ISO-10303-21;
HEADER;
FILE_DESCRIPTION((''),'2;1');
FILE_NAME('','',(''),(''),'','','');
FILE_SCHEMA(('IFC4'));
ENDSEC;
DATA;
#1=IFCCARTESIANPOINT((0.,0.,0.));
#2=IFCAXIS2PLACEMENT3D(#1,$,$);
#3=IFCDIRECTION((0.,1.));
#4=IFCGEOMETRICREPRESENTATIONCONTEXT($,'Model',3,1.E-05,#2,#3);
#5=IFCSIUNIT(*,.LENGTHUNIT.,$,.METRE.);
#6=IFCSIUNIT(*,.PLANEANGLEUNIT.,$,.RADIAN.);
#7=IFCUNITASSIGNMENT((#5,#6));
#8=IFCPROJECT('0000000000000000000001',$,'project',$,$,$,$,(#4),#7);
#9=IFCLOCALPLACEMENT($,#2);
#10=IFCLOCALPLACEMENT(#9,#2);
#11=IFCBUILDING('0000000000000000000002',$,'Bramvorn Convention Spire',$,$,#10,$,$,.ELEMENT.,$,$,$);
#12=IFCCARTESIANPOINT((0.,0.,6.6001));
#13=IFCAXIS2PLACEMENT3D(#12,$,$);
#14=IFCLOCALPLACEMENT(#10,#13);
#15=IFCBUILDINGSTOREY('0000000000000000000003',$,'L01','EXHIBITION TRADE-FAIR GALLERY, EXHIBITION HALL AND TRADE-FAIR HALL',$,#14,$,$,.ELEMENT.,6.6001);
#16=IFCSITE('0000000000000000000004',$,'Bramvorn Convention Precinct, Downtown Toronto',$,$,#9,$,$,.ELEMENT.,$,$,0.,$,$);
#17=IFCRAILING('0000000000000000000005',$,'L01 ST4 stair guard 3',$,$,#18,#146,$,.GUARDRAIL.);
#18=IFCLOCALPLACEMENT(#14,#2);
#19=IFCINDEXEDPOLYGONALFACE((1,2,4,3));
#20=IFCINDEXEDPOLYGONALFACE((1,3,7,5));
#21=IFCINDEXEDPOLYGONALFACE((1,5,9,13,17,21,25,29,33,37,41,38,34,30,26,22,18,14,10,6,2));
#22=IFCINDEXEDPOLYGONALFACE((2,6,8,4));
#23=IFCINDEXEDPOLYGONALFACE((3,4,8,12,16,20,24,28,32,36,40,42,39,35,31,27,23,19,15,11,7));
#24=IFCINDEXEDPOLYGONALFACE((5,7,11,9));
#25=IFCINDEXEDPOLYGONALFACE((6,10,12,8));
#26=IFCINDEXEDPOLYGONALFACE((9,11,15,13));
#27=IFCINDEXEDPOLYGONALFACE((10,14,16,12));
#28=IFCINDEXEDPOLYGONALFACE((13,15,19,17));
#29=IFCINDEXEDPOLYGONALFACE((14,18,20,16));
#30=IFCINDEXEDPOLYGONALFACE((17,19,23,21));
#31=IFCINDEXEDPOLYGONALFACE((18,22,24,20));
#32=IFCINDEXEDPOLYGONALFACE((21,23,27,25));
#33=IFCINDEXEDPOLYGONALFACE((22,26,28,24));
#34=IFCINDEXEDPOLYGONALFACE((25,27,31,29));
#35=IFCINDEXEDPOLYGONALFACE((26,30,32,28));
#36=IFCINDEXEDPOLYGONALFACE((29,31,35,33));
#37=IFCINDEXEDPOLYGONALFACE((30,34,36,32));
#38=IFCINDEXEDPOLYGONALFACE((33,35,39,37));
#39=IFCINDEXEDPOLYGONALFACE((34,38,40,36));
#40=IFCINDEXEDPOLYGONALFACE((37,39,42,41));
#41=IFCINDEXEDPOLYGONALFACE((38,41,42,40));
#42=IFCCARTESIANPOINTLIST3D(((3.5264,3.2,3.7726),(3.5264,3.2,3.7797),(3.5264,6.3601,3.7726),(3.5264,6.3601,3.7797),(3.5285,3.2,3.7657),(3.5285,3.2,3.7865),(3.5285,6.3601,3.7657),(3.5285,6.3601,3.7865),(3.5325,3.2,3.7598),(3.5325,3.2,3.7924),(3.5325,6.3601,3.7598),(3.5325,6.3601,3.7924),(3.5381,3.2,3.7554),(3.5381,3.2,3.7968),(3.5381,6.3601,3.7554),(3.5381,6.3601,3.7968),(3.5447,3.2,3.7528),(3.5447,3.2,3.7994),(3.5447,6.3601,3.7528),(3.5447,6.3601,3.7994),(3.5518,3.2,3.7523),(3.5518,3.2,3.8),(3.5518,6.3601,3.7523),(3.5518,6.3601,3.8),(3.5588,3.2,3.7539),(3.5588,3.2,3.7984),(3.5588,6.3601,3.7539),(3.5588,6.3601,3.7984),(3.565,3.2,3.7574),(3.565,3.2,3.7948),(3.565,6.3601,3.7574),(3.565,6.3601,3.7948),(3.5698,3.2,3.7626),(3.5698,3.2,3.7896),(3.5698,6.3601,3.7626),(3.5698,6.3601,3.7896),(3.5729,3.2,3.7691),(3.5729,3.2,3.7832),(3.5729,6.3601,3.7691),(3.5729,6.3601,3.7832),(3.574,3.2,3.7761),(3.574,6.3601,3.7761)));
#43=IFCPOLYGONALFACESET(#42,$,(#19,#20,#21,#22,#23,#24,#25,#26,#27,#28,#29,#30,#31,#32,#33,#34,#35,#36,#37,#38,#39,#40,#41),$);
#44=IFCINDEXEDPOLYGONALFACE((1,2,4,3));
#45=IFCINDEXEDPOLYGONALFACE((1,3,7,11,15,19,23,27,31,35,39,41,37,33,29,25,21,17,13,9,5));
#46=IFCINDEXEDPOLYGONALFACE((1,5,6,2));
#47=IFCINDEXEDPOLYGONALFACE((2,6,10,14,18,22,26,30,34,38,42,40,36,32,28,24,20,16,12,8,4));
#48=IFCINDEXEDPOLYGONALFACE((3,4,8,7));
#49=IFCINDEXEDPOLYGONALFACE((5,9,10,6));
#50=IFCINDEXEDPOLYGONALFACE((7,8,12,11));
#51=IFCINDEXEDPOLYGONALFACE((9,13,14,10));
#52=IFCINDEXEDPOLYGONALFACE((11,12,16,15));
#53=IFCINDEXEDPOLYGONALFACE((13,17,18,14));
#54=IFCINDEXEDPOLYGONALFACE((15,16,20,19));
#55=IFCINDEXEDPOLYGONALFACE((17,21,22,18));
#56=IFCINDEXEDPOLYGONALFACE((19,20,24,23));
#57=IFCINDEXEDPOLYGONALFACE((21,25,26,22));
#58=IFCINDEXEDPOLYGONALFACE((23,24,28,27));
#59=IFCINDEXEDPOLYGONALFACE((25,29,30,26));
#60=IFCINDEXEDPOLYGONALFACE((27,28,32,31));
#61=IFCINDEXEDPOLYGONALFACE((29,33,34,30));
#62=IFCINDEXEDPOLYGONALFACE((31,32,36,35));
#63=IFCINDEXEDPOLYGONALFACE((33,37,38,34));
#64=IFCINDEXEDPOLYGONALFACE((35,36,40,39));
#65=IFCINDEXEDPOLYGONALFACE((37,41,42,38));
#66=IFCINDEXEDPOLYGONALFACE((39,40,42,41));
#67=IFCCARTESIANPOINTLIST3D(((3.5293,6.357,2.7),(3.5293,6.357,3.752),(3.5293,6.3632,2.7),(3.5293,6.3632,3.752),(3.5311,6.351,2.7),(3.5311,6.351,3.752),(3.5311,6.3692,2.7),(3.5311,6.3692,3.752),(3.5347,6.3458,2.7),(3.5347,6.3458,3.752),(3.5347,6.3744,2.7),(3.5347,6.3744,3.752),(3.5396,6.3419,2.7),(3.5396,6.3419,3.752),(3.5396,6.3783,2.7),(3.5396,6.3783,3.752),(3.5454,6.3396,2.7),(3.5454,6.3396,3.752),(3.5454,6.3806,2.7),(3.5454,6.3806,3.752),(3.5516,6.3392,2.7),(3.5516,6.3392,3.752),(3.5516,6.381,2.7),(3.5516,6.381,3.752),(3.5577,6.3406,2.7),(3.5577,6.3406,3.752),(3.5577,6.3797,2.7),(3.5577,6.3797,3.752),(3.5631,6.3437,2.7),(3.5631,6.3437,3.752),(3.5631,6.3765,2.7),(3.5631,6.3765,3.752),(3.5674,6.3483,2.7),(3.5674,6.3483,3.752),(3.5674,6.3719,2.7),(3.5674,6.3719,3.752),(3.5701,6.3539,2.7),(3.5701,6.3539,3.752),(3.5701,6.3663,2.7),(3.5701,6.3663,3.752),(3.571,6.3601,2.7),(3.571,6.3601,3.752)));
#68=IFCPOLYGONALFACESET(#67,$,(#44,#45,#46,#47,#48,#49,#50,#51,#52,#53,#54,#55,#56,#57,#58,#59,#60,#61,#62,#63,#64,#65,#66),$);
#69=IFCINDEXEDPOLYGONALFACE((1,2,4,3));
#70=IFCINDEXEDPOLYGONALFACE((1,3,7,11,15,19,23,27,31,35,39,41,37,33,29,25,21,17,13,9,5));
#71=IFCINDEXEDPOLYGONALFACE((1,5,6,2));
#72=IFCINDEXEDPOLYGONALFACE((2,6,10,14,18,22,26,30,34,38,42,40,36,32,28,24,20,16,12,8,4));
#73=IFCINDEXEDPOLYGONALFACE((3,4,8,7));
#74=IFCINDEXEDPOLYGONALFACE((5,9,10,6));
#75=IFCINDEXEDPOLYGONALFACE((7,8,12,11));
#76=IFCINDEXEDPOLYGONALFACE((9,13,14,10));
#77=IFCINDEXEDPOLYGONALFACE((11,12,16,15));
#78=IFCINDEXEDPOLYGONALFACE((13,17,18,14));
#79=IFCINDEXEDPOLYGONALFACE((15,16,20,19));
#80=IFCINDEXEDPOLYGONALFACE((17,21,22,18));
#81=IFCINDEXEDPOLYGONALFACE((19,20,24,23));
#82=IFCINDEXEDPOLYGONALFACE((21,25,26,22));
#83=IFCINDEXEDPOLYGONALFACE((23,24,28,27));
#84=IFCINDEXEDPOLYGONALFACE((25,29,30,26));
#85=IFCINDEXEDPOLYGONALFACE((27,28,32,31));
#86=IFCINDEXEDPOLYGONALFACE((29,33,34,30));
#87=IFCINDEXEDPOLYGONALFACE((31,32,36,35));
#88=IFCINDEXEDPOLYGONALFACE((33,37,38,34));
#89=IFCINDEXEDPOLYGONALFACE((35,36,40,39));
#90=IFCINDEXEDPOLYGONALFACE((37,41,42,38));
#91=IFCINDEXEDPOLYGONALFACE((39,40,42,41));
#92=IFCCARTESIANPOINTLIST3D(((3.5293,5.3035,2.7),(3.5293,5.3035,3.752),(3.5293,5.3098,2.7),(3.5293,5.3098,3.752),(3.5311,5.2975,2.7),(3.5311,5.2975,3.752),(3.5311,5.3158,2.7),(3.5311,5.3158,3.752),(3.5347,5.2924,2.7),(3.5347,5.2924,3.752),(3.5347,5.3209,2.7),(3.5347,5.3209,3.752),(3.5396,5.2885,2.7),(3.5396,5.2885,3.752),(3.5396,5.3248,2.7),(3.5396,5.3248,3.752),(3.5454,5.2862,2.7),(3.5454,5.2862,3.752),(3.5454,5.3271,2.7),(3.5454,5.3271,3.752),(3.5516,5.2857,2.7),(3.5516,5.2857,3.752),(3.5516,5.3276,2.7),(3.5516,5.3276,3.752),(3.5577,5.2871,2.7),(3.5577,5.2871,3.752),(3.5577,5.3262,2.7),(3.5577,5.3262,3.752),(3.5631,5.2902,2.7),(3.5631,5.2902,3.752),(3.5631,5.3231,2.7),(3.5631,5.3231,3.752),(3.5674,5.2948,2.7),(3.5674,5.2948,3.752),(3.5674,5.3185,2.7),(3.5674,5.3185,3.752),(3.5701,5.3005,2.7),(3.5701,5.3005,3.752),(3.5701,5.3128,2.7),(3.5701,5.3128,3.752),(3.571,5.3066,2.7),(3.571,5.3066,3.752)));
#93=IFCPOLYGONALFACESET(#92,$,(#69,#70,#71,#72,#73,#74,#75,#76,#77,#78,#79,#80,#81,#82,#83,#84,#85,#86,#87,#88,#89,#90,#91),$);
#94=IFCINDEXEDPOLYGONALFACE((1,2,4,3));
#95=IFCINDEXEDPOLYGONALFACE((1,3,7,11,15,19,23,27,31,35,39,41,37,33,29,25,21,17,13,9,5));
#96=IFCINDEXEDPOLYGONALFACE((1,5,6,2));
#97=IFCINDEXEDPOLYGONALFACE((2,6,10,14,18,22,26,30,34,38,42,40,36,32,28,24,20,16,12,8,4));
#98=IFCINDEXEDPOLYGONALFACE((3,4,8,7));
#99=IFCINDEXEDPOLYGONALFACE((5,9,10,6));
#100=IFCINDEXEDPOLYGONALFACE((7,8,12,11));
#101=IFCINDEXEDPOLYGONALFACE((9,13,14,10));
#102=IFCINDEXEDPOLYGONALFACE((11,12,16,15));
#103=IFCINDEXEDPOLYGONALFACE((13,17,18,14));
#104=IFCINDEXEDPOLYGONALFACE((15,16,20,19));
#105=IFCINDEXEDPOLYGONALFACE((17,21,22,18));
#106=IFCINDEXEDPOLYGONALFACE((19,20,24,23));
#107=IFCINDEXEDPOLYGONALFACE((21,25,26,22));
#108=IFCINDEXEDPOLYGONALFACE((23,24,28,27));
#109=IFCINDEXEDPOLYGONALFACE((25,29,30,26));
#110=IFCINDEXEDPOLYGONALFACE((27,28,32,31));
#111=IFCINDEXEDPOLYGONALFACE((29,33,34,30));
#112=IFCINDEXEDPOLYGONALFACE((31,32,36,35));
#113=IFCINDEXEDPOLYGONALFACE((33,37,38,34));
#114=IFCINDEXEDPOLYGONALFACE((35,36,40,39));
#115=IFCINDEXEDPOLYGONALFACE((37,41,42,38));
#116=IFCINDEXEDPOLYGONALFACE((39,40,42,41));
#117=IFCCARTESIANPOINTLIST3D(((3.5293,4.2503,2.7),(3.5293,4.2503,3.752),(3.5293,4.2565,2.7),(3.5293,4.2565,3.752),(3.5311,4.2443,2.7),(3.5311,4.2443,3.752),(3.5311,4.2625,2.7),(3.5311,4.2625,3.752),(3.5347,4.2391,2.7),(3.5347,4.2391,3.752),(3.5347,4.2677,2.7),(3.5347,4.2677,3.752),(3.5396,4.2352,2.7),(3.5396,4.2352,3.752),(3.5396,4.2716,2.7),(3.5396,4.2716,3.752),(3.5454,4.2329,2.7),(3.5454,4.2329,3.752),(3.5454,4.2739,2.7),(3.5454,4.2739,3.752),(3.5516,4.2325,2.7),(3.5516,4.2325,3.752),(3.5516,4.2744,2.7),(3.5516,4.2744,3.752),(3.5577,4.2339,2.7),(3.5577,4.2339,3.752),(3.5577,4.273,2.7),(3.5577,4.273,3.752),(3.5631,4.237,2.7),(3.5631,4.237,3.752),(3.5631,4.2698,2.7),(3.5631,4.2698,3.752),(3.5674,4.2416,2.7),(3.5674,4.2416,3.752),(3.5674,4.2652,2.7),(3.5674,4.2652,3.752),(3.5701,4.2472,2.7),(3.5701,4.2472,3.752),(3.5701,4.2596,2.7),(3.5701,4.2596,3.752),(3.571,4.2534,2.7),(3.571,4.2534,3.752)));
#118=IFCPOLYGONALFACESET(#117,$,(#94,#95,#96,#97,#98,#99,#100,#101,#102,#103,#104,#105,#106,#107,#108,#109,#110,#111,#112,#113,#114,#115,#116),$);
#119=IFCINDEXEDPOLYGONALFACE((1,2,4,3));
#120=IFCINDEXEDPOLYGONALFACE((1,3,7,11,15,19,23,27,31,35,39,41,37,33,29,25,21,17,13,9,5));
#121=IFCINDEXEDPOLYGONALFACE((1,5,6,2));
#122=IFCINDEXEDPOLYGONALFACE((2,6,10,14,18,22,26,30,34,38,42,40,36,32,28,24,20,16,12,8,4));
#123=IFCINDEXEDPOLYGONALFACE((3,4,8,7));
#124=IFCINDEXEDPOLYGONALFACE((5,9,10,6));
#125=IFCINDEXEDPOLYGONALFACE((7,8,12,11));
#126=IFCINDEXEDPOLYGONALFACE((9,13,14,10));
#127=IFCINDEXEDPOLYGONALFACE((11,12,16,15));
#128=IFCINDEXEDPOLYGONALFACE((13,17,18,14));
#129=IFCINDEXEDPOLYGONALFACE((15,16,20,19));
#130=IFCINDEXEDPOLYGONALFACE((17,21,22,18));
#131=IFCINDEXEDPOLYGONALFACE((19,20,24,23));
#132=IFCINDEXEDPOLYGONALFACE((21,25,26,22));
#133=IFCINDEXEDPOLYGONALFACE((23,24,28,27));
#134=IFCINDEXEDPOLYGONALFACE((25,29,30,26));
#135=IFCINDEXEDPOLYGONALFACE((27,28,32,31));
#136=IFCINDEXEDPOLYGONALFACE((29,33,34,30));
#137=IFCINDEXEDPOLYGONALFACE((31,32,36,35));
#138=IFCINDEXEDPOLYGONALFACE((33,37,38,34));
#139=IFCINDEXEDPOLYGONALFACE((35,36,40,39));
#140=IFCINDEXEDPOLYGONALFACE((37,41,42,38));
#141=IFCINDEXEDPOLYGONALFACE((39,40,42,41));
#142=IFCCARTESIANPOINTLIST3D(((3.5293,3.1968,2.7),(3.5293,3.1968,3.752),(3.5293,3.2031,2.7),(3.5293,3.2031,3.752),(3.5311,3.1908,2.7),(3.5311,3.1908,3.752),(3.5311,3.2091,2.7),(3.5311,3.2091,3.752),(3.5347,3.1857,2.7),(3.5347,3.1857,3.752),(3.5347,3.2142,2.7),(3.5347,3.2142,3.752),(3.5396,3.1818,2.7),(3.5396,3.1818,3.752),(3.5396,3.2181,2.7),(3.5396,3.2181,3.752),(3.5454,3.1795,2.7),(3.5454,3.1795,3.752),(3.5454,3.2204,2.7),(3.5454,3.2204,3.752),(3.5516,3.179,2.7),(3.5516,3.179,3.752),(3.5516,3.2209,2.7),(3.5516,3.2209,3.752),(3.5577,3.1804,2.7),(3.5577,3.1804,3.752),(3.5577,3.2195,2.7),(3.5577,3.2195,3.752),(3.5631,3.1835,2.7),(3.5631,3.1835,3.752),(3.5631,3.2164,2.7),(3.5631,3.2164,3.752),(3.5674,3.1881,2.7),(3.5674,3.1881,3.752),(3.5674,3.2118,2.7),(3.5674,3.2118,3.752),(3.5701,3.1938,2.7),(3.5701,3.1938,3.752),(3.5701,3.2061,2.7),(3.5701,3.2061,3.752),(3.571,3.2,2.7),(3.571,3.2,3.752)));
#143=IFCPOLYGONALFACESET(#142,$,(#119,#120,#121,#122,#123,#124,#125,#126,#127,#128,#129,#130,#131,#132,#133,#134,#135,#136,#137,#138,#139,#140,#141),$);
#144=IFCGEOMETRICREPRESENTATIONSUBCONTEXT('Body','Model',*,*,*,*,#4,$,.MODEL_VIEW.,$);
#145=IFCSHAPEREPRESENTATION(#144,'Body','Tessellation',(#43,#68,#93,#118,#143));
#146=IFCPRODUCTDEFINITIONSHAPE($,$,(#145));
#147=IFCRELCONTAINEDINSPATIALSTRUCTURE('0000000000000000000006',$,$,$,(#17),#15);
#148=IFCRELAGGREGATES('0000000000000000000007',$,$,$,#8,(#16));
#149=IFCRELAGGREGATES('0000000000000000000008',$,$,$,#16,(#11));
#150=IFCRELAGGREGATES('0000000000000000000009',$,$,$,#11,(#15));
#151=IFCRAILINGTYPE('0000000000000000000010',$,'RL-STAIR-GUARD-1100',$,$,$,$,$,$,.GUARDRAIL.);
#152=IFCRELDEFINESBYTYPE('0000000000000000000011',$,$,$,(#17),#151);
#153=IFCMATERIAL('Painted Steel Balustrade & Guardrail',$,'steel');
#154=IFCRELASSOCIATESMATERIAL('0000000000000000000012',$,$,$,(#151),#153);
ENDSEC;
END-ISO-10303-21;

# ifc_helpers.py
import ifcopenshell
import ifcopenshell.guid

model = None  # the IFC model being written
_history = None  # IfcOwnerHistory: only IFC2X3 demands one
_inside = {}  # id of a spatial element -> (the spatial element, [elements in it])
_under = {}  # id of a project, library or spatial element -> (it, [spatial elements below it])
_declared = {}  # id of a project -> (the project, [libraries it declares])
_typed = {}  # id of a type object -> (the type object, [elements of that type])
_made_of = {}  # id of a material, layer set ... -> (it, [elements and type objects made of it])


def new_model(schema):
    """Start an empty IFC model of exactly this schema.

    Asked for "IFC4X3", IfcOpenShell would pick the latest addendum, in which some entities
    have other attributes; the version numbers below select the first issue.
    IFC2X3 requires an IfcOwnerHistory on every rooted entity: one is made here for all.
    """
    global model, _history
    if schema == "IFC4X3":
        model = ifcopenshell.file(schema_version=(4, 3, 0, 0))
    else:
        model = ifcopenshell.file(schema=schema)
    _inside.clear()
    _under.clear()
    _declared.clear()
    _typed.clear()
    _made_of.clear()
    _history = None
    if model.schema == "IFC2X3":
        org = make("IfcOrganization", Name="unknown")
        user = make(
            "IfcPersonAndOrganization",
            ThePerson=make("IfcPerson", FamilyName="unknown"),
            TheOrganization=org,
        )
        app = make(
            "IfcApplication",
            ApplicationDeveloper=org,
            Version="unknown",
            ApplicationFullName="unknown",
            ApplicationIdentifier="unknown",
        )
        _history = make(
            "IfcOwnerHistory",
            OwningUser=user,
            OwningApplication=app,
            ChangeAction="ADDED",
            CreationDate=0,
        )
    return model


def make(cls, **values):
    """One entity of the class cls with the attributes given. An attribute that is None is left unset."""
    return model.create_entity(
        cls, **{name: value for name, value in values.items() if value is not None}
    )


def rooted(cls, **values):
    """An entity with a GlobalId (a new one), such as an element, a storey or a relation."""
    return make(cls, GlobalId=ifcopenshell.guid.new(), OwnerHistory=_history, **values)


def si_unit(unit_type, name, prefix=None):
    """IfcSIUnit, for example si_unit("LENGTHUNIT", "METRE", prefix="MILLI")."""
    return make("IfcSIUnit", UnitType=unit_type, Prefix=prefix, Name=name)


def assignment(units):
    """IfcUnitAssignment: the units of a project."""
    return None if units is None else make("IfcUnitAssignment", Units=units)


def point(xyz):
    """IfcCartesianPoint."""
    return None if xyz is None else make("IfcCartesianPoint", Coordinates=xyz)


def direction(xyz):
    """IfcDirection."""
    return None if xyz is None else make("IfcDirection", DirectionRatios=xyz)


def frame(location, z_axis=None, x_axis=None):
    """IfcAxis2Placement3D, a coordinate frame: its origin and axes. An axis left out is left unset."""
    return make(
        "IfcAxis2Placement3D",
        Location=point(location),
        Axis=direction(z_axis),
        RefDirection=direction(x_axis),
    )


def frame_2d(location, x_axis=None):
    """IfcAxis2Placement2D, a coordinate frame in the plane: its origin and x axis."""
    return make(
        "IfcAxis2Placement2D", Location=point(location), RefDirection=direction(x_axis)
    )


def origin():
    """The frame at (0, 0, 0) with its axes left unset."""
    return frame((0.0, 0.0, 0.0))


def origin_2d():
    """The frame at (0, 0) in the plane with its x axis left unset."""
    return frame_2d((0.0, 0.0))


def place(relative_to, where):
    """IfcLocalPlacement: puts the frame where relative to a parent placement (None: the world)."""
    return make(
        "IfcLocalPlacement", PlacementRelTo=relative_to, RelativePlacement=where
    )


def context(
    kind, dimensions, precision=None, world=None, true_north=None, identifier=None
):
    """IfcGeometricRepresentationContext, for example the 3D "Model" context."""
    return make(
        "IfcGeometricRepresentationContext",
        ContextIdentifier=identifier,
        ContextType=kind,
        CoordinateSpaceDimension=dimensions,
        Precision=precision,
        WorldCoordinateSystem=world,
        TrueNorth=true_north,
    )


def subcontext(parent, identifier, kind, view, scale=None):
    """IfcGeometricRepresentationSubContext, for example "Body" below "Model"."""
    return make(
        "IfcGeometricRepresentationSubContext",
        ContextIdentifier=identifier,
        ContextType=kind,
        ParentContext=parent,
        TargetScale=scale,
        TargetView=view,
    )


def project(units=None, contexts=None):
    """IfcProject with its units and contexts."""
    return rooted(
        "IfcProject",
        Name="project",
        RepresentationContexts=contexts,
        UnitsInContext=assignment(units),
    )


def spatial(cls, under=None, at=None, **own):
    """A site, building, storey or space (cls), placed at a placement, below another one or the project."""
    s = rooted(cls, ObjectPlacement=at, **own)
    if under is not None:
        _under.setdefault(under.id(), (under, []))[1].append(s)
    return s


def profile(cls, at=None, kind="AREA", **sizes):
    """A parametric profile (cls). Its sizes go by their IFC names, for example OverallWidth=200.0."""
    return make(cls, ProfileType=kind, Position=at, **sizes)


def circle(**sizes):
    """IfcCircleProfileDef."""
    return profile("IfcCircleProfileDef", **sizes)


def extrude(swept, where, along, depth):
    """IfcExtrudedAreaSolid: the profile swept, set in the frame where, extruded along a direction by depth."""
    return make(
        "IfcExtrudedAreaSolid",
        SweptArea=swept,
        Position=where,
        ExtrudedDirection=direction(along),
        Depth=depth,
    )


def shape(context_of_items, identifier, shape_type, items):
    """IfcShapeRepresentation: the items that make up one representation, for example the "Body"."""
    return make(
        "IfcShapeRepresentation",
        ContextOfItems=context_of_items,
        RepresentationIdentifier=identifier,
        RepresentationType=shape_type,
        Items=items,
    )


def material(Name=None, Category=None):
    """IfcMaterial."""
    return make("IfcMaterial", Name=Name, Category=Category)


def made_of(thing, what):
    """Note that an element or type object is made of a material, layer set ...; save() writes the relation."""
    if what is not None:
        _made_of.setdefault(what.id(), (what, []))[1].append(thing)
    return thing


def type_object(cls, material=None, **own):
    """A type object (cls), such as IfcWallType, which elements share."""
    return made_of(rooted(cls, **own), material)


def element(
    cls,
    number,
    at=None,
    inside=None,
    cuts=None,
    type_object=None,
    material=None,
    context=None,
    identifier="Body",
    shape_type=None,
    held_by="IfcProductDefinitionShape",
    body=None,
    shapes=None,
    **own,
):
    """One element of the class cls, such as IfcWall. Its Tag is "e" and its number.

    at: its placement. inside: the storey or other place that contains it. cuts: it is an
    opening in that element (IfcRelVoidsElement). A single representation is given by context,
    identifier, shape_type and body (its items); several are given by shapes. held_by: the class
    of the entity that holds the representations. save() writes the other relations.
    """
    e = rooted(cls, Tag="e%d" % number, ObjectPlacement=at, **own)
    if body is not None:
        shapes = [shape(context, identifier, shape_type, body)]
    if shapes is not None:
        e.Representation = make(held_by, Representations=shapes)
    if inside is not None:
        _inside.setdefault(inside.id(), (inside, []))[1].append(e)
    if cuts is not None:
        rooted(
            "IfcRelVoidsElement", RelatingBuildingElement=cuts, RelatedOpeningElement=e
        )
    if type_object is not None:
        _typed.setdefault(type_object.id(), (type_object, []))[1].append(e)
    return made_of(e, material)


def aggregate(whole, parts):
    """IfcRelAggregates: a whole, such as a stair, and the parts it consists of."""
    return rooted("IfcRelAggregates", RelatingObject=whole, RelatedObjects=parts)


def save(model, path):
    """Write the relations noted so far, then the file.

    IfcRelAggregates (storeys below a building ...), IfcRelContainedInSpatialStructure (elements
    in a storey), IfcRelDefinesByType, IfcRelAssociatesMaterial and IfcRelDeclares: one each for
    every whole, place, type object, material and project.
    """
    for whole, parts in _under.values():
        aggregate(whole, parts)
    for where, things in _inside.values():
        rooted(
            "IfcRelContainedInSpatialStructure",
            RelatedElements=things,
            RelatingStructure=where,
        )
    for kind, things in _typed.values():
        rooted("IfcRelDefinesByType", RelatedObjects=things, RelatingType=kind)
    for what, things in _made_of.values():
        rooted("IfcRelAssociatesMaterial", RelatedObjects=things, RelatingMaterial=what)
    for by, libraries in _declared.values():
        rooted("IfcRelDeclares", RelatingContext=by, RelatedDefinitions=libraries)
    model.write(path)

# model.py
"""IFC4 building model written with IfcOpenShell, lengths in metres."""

from ifc_helpers import new_model, si_unit, direction, frame, origin, origin_2d, place, context, subcontext, project, spatial, circle, extrude, material, type_object, element, save


model = new_model("IFC4")

# Units and contexts
model_context = context("Model", 3, precision=1e-05, world=origin(), true_north=direction((0.0, 1.0)))
body_context = subcontext(model_context, "Body", "Model", "MODEL_VIEW")
ifc_project = project(units=[si_unit("LENGTHUNIT", "METRE"), si_unit("PLANEANGLEUNIT", "RADIAN")], contexts=[model_context])

# Site, building, storey
site_placement = place(None, origin())
site = spatial("IfcSite", under=ifc_project, at=site_placement, Name="Bramvorn Convention Precinct, Downtown Toronto", CompositionType="ELEMENT", RefElevation=0.0)
building_placement = place(site_placement, origin())
building = spatial("IfcBuilding", under=site, at=building_placement, Name="Bramvorn Convention Spire", CompositionType="ELEMENT")
storey_placement = place(building_placement, frame((0.0, 0.0, 6.6001)))
storey = spatial("IfcBuildingStorey", under=building, at=storey_placement, Name="L01", Description="EXHIBITION TRADE-FAIR GALLERY, EXHIBITION HALL AND TRADE-FAIR HALL", CompositionType="ELEMENT", Elevation=6.6001)

# Railing
ifc_material_1 = material(Name="Painted Steel Balustrade & Guardrail", Category="steel")
railing_type_1 = type_object("IfcRailingType", Name="RL-STAIR-GUARD-1100", PredefinedType="GUARDRAIL", material=ifc_material_1)
for number, where, name in (
    (1, (3.55, 6.3601, 2.7), "L01 ST4 stair guard 3"),
):
    element("IfcRailing", number, at=place(storey_placement, frame(where)), inside=storey, type_object=railing_type_1, Name=name, PredefinedType="GUARDRAIL", context=body_context, shape_type="SweptSolid", body=[
        extrude(circle(Radius=0.0239, at=origin_2d()), frame((0.0, 0.0, 1.0762), z_axis=(0.0, -1.0, 0.0), x_axis=(1.0, 0.0, 0.0)), (0.0, 0.0, 1.0), 3.1602),
        extrude(circle(Radius=0.021, at=origin_2d()), origin(), (0.0, 0.0, 1.0), 1.052),
        extrude(circle(Radius=0.021, at=origin_2d()), frame((0.0, -1.0535, 0.0)), (0.0, 0.0, 1.0), 1.052),
        extrude(circle(Radius=0.021, at=origin_2d()), frame((0.0, -2.1067, 0.0)), (0.0, 0.0, 1.0), 1.052),
        extrude(circle(Radius=0.021, at=origin_2d()), frame((0.0, -3.1602, 0.0)), (0.0, 0.0, 1.0), 1.052),
    ])

save(model, "model.ifc")
